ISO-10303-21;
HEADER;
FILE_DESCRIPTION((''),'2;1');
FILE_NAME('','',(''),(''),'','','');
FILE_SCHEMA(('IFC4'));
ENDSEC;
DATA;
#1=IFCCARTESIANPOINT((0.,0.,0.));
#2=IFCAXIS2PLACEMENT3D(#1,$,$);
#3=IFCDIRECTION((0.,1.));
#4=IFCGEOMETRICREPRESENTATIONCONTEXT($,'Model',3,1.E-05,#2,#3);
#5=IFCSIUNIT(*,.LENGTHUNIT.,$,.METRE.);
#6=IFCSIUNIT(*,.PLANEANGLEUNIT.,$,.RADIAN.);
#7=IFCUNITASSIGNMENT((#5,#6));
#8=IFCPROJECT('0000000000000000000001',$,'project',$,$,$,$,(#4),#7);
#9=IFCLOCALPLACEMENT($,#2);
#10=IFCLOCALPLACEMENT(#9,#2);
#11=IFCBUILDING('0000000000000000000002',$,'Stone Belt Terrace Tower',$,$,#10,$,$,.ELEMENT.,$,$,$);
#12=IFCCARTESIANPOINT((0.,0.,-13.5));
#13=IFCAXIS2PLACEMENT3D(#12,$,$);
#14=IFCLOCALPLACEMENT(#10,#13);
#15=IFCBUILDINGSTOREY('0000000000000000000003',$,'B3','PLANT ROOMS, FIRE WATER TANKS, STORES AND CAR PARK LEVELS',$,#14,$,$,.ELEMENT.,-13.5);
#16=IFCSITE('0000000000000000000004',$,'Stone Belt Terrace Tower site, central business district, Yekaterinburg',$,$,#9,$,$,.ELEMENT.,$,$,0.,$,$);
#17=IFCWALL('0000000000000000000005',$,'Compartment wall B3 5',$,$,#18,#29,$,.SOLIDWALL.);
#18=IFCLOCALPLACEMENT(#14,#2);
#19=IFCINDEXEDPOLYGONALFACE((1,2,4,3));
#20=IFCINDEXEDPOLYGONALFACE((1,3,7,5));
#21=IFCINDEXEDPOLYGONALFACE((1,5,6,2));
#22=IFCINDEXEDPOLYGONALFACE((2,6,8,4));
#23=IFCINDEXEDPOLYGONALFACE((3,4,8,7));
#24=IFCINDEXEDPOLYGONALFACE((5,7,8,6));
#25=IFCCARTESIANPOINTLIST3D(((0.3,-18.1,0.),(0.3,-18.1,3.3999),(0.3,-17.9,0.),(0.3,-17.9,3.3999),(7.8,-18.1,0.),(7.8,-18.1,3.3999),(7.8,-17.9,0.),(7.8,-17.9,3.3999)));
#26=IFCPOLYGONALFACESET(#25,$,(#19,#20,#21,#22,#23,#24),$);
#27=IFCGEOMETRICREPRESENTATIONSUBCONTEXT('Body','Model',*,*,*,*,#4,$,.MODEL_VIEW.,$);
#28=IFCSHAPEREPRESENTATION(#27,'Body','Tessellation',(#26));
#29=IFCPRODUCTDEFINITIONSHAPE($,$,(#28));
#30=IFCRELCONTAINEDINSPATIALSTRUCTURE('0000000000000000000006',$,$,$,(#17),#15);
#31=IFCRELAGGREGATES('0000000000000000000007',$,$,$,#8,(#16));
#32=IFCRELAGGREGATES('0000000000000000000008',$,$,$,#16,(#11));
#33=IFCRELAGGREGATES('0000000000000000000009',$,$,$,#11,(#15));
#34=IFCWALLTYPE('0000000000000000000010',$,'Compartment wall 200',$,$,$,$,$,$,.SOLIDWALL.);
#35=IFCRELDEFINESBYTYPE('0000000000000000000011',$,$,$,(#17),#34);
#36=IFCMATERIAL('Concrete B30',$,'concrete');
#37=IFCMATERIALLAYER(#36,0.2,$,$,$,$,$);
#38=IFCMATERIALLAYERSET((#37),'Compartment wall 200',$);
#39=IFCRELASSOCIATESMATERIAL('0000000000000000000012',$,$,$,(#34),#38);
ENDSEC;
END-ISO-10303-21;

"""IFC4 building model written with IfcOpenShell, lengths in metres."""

from ifc_helpers import new_model, si_unit, direction, frame, frame_2d, origin, place, context, subcontext, project, spatial, rectangle, extrude, material, layer, layer_set, type_object, element, save


model = new_model("IFC4")

# Units and contexts
model_context = context("Model", 3, precision=1e-05, world=origin(), true_north=direction((0.0, 1.0)))
body_context = subcontext(model_context, "Body", "Model", "MODEL_VIEW")
ifc_project = project(units=[si_unit("LENGTHUNIT", "METRE"), si_unit("PLANEANGLEUNIT", "RADIAN")], contexts=[model_context])

# Site, building, storey
site_placement = place(None, origin())
site = spatial("IfcSite", under=ifc_project, at=site_placement, Name="Stone Belt Terrace Tower site, central business district, Yekaterinburg", CompositionType="ELEMENT", RefElevation=0.0)
building_placement = place(site_placement, origin())
building = spatial("IfcBuilding", under=site, at=building_placement, Name="Stone Belt Terrace Tower", CompositionType="ELEMENT")
storey_placement = place(building_placement, frame((0.0, 0.0, -13.5)))
storey = spatial("IfcBuildingStorey", under=building, at=storey_placement, Name="B3", Description="PLANT ROOMS, FIRE WATER TANKS, STORES AND CAR PARK LEVELS", CompositionType="ELEMENT", Elevation=-13.5)

# Shared definitions
ifc_material_1 = material(Name="Concrete B30", Category="concrete")

# Wall
ifc_layer_1 = layer(ifc_material_1, 0.2)
ifc_layer_set_1 = layer_set([ifc_layer_1], Name="Compartment wall 200")
wall_type_1 = type_object("IfcWallType", Name="Compartment wall 200", PredefinedType="SOLIDWALL", material=ifc_layer_set_1)
wall_1_placement = place(storey_placement, frame((0.3, -18.0, 0.0), z_axis=(0.0, 0.0, 1.0), x_axis=(1.0, 0.0, 0.0)))
element("IfcWall", 1, at=wall_1_placement, inside=storey, type_object=wall_type_1, Name="Compartment wall B3 5", PredefinedType="SOLIDWALL", context=body_context, shape_type="SweptSolid", body=[
    extrude(rectangle(XDim=7.5, YDim=0.2, at=frame_2d((3.75, 0.0))), origin(), (0.0, 0.0, 1.0), 3.3999),
])

save(model, "model.ifc")
